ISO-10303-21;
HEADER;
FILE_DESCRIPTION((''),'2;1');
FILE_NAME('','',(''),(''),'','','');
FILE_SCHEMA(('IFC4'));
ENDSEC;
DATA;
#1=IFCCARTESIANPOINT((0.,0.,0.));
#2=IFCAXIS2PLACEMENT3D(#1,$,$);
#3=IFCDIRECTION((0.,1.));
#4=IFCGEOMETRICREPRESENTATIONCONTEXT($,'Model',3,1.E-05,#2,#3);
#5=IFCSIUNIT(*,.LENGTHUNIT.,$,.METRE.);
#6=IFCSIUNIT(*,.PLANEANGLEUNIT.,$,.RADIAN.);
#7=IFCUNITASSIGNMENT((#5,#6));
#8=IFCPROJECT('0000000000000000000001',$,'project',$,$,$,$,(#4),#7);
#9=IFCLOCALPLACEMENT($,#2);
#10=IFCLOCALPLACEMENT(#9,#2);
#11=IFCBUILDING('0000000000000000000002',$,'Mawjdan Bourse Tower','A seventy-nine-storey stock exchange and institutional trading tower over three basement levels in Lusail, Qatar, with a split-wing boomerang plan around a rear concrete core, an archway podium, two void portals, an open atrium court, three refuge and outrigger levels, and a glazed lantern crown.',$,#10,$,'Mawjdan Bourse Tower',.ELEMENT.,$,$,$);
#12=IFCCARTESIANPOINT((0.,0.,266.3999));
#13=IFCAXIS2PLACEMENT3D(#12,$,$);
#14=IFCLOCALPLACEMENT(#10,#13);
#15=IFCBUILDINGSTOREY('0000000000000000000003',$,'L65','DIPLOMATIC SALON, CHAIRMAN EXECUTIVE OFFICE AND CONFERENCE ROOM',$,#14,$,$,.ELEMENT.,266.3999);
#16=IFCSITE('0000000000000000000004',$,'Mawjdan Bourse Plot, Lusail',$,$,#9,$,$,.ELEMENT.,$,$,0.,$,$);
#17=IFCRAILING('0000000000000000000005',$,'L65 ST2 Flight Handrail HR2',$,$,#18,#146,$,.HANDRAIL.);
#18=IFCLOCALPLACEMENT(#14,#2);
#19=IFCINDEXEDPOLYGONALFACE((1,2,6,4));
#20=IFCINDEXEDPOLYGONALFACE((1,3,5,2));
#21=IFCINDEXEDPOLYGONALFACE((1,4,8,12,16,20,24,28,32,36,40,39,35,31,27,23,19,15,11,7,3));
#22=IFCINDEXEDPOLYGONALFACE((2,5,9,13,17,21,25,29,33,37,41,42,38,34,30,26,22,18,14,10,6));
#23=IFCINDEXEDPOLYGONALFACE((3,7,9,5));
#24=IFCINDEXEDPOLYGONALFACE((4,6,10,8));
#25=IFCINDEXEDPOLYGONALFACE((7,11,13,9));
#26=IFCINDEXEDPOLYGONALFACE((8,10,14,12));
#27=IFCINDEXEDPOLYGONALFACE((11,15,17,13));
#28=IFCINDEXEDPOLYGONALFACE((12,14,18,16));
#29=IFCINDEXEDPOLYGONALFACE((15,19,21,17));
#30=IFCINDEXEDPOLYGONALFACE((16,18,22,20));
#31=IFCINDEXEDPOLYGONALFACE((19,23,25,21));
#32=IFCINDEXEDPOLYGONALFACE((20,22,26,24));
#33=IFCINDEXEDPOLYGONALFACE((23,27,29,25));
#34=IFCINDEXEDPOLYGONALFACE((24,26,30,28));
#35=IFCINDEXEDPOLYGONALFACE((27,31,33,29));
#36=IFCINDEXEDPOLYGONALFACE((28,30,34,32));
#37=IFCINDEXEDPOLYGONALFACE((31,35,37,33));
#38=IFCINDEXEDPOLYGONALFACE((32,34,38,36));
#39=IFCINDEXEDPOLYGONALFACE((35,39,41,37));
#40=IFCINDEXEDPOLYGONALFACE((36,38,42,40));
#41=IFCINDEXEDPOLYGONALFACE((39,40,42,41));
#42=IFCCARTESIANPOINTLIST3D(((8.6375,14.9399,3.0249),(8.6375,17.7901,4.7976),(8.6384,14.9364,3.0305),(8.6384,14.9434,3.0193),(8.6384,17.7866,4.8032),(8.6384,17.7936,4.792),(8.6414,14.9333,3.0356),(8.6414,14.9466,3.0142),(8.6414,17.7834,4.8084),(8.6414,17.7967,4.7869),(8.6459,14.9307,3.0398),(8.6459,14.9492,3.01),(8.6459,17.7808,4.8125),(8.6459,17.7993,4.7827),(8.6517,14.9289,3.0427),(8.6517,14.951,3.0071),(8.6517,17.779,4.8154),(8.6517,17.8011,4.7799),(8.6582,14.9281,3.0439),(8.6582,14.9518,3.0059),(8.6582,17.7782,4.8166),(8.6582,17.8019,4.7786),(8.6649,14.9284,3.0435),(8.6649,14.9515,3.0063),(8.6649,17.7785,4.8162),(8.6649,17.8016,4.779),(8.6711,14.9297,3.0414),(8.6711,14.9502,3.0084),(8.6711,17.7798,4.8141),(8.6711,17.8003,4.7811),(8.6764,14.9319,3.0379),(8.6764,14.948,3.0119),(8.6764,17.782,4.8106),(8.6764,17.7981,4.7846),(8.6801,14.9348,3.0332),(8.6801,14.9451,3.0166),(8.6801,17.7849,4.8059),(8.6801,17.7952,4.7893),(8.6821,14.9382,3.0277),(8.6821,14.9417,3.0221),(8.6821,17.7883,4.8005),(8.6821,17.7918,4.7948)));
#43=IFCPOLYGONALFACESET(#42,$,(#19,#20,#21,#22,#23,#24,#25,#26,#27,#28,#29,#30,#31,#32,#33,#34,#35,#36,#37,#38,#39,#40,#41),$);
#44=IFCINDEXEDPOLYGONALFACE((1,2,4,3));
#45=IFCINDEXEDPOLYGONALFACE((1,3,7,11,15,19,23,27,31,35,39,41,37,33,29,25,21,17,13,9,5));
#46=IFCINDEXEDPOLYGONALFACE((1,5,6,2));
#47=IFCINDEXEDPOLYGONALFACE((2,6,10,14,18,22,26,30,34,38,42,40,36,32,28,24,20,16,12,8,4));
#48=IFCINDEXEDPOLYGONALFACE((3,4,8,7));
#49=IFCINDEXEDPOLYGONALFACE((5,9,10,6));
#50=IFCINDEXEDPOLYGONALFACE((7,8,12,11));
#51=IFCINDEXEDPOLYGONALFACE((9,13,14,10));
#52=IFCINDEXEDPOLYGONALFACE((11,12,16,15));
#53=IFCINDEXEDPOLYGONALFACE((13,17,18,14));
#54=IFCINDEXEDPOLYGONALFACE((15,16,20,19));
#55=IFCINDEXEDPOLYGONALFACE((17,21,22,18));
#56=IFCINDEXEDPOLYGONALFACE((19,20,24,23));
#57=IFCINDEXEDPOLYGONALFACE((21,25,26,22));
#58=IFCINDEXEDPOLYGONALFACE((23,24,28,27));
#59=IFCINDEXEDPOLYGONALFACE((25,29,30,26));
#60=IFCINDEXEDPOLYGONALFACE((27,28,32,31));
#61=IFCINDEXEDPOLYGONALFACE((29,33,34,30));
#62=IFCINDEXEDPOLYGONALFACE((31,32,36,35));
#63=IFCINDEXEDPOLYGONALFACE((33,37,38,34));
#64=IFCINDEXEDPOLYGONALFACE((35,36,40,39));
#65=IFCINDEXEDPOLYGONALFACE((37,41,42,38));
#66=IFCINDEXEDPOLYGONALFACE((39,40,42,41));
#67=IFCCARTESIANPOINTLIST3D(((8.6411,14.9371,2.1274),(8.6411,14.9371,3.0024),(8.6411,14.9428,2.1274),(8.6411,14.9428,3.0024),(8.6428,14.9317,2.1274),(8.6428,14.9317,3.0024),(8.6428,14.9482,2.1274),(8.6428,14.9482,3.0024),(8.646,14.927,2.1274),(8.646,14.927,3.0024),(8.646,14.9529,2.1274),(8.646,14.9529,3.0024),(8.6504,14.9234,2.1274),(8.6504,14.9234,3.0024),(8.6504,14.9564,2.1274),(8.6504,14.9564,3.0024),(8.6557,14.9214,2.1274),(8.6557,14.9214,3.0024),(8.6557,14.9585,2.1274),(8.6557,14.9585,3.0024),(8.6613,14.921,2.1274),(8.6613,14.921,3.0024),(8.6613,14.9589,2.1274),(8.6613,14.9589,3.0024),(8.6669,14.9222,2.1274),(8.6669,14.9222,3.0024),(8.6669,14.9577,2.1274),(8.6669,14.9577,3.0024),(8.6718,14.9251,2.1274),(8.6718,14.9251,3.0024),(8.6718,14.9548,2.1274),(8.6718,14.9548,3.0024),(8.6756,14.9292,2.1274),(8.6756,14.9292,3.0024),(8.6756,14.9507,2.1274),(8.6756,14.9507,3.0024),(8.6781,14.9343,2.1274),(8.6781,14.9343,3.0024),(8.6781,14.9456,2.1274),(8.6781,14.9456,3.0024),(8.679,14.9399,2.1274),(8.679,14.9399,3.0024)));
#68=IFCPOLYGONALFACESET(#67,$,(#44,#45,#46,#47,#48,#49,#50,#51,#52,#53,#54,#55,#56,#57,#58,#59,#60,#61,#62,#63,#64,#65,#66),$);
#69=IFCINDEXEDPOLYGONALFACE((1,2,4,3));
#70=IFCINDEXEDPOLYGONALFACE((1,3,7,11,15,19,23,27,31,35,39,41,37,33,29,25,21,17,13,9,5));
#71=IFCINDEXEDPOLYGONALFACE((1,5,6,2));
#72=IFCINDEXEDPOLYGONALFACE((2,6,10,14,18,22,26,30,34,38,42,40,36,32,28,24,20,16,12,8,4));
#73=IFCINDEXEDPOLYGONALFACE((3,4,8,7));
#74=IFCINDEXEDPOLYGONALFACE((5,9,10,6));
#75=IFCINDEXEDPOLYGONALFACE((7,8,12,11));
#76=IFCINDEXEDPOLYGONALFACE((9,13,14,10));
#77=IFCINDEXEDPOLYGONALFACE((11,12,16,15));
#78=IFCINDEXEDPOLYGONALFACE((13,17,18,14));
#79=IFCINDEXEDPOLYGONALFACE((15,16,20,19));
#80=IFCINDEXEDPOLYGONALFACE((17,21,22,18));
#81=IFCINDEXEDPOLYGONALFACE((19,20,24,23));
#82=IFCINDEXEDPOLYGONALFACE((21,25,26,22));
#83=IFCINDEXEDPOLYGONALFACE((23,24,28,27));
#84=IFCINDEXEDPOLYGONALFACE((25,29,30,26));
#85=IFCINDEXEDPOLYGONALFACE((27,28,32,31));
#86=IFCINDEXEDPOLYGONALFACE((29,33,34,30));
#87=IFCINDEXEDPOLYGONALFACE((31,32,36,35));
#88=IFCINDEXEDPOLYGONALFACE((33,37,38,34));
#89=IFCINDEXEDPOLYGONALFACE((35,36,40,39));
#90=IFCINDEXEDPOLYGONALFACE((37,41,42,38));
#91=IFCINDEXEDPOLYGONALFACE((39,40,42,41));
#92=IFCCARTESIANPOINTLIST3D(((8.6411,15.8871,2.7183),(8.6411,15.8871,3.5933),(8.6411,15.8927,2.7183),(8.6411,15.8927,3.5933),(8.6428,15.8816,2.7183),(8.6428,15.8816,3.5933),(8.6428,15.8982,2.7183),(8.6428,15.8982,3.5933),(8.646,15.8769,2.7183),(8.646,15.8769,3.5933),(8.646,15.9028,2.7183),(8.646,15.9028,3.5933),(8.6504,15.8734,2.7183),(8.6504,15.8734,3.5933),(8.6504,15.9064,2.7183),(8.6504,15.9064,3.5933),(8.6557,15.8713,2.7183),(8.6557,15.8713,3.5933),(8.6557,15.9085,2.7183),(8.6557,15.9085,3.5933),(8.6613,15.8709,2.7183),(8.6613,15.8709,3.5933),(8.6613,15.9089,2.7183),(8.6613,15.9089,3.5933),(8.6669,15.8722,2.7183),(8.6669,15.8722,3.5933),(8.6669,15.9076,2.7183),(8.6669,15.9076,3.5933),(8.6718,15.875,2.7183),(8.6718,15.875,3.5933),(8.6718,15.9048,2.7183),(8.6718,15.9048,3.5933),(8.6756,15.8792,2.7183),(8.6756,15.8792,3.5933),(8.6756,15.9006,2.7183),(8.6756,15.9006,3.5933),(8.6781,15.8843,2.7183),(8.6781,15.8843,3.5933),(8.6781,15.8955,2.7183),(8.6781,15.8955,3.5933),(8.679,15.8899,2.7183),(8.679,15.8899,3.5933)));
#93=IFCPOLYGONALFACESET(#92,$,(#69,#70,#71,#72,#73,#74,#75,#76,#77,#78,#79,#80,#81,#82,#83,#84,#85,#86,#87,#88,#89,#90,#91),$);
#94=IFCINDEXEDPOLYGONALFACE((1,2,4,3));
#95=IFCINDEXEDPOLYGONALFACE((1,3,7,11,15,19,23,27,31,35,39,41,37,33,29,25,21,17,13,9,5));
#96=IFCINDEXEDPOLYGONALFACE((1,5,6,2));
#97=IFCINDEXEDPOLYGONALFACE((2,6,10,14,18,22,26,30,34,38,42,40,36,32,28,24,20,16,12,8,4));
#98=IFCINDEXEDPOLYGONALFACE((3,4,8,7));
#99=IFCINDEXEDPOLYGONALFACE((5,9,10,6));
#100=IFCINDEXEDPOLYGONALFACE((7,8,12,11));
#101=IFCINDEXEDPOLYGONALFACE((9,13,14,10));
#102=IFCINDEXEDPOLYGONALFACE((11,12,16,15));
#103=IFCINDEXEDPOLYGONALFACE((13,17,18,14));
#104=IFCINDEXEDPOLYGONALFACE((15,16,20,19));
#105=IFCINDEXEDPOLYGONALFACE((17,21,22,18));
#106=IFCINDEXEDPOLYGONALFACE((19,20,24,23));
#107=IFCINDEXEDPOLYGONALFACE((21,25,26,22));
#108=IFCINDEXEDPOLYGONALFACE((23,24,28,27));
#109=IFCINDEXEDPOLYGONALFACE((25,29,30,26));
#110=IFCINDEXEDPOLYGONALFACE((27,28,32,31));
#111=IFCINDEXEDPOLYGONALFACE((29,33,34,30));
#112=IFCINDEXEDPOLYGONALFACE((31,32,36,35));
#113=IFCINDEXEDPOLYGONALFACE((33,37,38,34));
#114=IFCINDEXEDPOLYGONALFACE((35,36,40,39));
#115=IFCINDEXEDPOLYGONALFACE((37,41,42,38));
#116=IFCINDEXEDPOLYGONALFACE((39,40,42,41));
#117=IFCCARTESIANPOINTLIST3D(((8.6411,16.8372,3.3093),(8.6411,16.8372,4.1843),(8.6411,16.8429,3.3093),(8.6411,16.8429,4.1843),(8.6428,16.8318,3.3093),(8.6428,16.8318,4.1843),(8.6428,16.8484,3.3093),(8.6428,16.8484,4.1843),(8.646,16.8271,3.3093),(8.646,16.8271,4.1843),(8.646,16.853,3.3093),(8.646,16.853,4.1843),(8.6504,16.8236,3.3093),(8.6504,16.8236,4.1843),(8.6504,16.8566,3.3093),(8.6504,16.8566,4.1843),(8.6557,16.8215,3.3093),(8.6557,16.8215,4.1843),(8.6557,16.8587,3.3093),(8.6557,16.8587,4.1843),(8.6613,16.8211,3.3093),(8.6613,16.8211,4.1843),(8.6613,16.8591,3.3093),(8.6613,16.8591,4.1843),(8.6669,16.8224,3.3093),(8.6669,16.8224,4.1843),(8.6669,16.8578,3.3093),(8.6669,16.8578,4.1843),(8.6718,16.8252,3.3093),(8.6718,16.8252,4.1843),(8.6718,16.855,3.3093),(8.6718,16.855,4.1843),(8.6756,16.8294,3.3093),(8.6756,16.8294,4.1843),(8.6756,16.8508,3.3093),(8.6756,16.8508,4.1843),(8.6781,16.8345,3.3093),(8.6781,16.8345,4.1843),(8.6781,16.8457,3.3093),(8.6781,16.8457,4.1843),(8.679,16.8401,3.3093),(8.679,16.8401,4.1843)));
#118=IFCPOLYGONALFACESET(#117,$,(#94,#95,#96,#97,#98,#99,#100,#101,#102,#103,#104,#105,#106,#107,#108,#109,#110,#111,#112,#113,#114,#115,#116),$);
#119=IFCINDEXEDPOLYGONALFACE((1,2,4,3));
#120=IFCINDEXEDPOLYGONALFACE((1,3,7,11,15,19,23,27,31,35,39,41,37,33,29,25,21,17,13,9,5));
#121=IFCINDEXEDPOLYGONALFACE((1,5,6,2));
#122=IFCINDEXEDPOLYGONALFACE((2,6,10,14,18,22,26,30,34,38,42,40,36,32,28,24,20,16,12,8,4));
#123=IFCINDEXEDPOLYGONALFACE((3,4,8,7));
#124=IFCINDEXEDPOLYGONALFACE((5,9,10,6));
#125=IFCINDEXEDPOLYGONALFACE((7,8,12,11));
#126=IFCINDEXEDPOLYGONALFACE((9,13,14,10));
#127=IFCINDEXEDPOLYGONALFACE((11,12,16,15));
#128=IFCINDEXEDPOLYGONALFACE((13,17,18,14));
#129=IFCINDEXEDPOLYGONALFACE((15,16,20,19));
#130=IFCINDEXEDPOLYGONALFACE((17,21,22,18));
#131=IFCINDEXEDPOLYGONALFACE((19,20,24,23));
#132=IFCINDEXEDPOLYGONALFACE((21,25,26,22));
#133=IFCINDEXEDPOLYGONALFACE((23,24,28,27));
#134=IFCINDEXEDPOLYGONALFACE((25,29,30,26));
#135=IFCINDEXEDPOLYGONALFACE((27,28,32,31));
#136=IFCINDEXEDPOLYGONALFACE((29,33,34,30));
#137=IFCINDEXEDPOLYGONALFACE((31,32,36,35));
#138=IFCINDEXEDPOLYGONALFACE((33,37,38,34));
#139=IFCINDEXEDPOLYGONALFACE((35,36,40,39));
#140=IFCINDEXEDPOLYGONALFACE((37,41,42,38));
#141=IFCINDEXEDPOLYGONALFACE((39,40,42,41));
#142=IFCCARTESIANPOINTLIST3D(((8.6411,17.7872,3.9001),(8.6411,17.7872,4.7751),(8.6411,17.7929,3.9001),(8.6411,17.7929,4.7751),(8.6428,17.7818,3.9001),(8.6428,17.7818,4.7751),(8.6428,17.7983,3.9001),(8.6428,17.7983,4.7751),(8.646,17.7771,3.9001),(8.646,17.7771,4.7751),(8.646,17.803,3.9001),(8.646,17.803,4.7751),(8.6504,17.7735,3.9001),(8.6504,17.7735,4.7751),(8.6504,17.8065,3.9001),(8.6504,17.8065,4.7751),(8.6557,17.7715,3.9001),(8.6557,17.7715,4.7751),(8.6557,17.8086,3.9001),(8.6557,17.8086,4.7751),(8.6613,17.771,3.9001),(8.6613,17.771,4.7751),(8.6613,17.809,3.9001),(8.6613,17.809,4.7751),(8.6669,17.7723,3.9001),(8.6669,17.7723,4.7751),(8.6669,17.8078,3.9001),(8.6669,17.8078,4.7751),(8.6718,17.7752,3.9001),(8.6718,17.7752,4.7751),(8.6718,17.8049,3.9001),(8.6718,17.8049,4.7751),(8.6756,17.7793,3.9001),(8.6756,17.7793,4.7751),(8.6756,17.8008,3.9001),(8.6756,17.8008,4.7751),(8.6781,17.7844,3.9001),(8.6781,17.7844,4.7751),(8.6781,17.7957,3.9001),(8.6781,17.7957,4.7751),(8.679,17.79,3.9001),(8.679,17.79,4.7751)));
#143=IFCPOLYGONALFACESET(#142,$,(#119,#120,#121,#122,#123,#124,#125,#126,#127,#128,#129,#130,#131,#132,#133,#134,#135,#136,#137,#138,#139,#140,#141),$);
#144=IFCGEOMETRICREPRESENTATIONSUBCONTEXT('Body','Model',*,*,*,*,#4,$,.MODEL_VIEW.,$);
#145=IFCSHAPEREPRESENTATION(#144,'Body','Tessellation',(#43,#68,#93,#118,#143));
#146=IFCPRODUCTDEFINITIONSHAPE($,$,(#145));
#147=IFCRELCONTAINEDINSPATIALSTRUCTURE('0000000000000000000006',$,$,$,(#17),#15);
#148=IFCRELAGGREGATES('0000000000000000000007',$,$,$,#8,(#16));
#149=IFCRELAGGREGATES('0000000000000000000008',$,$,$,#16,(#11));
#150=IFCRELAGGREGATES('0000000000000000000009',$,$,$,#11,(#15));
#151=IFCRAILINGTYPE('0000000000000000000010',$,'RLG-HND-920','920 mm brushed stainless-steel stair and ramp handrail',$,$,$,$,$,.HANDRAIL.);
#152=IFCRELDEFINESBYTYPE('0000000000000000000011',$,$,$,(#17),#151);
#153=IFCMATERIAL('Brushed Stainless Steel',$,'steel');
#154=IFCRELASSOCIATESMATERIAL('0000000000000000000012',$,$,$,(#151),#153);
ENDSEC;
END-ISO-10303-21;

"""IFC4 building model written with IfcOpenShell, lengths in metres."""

from ifc_helpers import new_model, si_unit, direction, frame, origin, origin_2d, place, context, subcontext, project, spatial, circle, extrude, material, type_object, element, save


model = new_model("IFC4")

# Units and contexts
model_context = context("Model", 3, precision=1e-05, world=origin(), true_north=direction((0.0, 1.0)))
body_context = subcontext(model_context, "Body", "Model", "MODEL_VIEW")
ifc_project = project(units=[si_unit("LENGTHUNIT", "METRE"), si_unit("PLANEANGLEUNIT", "RADIAN")], contexts=[model_context])

# Site, building, storey
site_placement = place(None, origin())
site = spatial("IfcSite", under=ifc_project, at=site_placement, Name="Mawjdan Bourse Plot, Lusail", CompositionType="ELEMENT", RefElevation=0.0)
building_placement = place(site_placement, origin())
building = spatial("IfcBuilding", under=site, at=building_placement, Name="Mawjdan Bourse Tower", Description="A seventy-nine-storey stock exchange and institutional trading tower over three basement levels in Lusail, Qatar, with a split-wing boomerang plan around a rear concrete core, an archway podium, two void portals, an open atrium court, three refuge and outrigger levels, and a glazed lantern crown.", LongName="Mawjdan Bourse Tower", CompositionType="ELEMENT")
storey_placement = place(building_placement, frame((0.0, 0.0, 266.3999)))
storey = spatial("IfcBuildingStorey", under=building, at=storey_placement, Name="L65", Description="DIPLOMATIC SALON, CHAIRMAN EXECUTIVE OFFICE AND CONFERENCE ROOM", CompositionType="ELEMENT", Elevation=266.3999)

# Railing
ifc_material_1 = material(Name="Brushed Stainless Steel", Category="steel")
railing_type_1 = type_object("IfcRailingType", Name="RLG-HND-920", Description="920 mm brushed stainless-steel stair and ramp handrail", PredefinedType="HANDRAIL", material=ifc_material_1)
railing_placement = place(storey_placement, frame((8.6599, 14.9399, 2.1274)))
element("IfcRailing", 1, at=railing_placement, inside=storey, type_object=railing_type_1, Name="L65 ST2 Flight Handrail HR2", PredefinedType="HANDRAIL", context=body_context, shape_type="SweptSolid", body=[
    extrude(circle(Radius=0.0225, at=origin_2d()), frame((0.0, 0.0, 0.8975), z_axis=(0.0, 0.849149, 0.528154), x_axis=(-1.0, 0.0, 0.0)), (0.0, 0.0, 1.0), 3.3564),
    extrude(circle(Radius=0.019, at=origin_2d()), origin(), (0.0, 0.0, 1.0), 0.875),
    extrude(circle(Radius=0.019, at=origin_2d()), frame((0.0, 0.95, 0.5908)), (0.0, 0.0, 1.0), 0.875),
    extrude(circle(Radius=0.019, at=origin_2d()), frame((0.0, 1.9001, 1.1819)), (0.0, 0.0, 1.0), 0.875),
    extrude(circle(Radius=0.019, at=origin_2d()), frame((0.0, 2.8501, 1.7727)), (0.0, 0.0, 1.0), 0.875),
])

save(model, "model.ifc")
